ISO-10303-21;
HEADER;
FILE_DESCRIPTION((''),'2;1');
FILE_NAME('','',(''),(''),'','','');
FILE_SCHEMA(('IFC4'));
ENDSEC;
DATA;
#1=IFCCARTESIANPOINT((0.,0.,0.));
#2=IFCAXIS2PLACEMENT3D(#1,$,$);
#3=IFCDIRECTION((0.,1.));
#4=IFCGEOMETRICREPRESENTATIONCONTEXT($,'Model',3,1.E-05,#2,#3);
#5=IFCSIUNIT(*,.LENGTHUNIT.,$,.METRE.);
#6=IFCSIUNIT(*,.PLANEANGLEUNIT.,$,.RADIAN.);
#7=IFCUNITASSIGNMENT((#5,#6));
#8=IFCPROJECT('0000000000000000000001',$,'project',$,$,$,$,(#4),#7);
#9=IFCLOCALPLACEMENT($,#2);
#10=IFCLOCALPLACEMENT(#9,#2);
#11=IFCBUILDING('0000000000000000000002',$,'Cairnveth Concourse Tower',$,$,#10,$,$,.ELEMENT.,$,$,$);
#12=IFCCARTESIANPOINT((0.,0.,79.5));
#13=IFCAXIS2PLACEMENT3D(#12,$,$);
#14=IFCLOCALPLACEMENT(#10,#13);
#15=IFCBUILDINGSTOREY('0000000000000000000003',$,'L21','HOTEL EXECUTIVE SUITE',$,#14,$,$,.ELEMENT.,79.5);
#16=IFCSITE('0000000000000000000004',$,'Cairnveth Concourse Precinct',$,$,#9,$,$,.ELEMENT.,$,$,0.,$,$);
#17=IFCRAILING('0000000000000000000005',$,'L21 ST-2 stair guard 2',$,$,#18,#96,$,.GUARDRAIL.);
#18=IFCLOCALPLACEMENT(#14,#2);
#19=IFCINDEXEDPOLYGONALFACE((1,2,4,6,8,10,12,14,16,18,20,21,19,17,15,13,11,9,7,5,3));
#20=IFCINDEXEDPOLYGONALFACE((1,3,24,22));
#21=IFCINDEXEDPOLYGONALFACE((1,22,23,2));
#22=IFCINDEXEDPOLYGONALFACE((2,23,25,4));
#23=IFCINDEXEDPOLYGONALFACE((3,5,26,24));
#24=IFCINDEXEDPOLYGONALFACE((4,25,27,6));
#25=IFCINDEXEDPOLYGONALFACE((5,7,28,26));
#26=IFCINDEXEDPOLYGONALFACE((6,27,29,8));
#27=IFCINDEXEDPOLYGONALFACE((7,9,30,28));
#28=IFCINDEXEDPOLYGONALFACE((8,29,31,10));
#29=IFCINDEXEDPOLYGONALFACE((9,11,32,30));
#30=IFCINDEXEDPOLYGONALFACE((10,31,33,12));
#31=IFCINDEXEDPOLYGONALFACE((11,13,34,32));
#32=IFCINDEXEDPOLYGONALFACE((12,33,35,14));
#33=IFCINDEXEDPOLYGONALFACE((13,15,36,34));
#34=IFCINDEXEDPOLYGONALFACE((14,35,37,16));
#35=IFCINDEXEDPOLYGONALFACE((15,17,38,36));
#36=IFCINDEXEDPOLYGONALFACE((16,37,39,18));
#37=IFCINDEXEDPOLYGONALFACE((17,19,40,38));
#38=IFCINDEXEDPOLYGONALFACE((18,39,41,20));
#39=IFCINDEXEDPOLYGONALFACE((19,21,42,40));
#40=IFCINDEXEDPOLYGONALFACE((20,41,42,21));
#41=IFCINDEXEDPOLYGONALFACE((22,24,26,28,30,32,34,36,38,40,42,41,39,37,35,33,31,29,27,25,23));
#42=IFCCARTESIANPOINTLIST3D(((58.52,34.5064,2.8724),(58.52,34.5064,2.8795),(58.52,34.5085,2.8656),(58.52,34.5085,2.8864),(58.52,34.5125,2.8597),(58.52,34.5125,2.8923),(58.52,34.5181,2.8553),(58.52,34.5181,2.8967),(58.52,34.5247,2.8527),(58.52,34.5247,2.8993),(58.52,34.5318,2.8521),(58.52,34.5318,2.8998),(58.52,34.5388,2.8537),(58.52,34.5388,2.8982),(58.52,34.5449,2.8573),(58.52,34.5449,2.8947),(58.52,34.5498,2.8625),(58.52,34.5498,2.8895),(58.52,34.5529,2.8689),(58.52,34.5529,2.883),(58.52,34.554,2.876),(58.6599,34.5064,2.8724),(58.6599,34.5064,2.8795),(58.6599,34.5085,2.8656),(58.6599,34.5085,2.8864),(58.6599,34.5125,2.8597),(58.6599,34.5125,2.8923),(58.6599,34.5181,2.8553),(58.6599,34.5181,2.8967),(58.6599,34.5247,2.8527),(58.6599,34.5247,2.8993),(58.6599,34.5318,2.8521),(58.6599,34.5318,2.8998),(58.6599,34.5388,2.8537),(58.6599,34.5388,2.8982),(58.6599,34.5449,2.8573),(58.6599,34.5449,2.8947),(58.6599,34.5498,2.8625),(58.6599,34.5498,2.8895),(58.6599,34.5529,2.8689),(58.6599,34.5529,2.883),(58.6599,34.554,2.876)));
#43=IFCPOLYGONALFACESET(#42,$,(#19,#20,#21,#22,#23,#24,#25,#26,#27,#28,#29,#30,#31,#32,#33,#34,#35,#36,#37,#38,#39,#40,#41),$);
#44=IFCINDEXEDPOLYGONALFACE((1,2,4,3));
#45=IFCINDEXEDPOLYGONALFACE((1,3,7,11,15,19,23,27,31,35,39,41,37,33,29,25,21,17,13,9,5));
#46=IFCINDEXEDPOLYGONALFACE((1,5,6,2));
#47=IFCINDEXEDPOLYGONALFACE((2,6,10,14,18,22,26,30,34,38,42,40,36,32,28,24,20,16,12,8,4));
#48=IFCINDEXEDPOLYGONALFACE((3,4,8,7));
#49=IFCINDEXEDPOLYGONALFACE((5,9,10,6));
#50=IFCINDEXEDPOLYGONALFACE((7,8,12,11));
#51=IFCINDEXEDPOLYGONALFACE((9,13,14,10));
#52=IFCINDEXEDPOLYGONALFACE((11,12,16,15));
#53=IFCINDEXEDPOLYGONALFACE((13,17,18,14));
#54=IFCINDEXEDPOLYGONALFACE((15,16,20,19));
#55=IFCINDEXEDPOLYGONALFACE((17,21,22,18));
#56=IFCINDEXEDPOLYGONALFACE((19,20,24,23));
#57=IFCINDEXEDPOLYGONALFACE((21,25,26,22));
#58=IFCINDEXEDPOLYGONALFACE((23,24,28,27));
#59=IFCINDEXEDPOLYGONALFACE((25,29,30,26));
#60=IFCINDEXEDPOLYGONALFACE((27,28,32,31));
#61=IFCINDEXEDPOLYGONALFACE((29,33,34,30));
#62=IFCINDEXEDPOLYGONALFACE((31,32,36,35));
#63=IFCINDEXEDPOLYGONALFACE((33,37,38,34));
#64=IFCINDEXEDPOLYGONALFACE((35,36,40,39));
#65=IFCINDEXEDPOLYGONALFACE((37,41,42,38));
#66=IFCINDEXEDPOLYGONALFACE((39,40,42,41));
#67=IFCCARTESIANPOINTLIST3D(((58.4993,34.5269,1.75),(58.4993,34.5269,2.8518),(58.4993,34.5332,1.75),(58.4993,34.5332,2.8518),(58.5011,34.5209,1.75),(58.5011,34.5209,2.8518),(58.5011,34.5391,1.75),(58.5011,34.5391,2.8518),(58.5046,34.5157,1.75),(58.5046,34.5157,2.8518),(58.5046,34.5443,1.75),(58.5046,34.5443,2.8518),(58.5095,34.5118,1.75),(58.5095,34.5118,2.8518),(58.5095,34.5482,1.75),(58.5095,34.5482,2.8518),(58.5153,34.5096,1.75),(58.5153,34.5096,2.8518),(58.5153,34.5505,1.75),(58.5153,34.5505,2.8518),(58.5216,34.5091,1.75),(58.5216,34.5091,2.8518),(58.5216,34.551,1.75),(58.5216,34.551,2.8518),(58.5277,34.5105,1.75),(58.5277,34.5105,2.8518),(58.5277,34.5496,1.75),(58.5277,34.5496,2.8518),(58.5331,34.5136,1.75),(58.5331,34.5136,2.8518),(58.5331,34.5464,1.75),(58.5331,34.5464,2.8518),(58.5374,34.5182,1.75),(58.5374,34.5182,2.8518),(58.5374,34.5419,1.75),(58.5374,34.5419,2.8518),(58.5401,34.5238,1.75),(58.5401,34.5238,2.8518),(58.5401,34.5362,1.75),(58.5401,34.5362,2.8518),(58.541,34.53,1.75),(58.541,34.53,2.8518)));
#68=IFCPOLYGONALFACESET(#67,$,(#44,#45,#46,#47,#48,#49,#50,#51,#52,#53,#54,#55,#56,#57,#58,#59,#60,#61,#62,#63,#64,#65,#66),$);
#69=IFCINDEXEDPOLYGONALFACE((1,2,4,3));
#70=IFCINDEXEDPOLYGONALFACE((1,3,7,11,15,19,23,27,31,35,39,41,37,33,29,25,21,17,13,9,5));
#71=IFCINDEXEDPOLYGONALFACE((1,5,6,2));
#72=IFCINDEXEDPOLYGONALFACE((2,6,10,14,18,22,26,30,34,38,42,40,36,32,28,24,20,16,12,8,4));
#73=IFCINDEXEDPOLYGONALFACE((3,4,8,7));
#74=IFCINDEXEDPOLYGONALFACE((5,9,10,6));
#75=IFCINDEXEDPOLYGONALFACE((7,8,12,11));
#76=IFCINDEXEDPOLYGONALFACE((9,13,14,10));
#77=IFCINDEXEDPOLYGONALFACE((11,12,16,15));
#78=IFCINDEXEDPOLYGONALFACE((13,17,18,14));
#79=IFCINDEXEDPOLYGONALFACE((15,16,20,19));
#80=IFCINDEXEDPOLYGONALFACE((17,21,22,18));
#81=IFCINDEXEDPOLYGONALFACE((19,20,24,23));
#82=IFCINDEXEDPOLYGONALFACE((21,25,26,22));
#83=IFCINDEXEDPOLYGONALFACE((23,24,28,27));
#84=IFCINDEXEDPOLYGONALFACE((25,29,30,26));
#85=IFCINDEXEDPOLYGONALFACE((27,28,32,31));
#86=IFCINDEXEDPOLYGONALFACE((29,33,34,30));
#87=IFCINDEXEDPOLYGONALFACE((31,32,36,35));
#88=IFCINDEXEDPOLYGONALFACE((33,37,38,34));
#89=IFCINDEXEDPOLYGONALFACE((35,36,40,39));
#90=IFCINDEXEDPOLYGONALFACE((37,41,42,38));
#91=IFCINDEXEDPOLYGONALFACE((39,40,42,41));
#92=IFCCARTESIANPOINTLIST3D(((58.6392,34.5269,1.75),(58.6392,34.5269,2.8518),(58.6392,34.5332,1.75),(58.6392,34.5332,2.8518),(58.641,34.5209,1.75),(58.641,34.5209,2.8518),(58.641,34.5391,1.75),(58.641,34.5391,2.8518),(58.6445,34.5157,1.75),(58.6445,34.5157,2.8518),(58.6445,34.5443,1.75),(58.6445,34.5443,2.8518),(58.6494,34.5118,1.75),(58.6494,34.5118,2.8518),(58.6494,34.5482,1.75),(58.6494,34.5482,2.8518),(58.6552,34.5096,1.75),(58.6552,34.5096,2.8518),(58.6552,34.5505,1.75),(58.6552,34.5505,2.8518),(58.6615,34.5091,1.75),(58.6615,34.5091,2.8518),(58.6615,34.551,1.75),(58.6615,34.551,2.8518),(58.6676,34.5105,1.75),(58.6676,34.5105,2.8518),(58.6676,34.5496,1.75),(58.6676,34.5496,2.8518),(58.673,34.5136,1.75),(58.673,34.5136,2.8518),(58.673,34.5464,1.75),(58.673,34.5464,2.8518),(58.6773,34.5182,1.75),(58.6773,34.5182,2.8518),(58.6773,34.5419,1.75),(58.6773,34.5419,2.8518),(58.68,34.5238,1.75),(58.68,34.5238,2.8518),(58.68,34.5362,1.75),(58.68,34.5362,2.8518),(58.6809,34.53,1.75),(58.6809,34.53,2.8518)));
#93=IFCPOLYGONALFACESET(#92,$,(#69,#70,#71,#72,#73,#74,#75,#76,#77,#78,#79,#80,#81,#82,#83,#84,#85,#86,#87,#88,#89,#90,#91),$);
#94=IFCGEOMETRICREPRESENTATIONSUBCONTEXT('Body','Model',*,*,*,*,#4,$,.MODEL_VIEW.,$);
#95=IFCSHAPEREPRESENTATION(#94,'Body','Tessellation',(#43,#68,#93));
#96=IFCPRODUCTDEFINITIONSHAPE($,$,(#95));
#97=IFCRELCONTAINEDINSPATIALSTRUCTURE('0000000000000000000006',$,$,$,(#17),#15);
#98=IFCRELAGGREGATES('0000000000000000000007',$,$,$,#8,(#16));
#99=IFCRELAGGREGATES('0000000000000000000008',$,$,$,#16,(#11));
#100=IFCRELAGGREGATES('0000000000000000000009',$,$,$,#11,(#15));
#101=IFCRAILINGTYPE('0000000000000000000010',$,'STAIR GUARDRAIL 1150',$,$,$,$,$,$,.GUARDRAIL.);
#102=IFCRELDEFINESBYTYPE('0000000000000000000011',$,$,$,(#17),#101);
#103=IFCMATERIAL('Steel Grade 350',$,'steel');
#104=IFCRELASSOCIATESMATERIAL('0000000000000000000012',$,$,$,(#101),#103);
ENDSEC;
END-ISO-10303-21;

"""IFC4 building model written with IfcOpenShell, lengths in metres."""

from ifc_helpers import new_model, si_unit, direction, frame, origin, origin_2d, place, context, subcontext, project, spatial, circle, extrude, material, type_object, element, save


model = new_model("IFC4")

# Units and contexts
model_context = context("Model", 3, precision=1e-05, world=origin(), true_north=direction((0.0, 1.0)))
body_context = subcontext(model_context, "Body", "Model", "MODEL_VIEW")
ifc_project = project(units=[si_unit("LENGTHUNIT", "METRE"), si_unit("PLANEANGLEUNIT", "RADIAN")], contexts=[model_context])

# Site, building, storey
site_placement = place(None, origin())
site = spatial("IfcSite", under=ifc_project, at=site_placement, Name="Cairnveth Concourse Precinct", CompositionType="ELEMENT", RefElevation=0.0)
building_placement = place(site_placement, origin())
building = spatial("IfcBuilding", under=site, at=building_placement, Name="Cairnveth Concourse Tower", CompositionType="ELEMENT")
storey_placement = place(building_placement, frame((0.0, 0.0, 79.5)))
storey = spatial("IfcBuildingStorey", under=building, at=storey_placement, Name="L21", Description="HOTEL EXECUTIVE SUITE", CompositionType="ELEMENT", Elevation=79.5)

# Shared definitions
ifc_material_1 = material(Name="Steel Grade 350", Category="steel")

# Railing
railing_type_1 = type_object("IfcRailingType", Name="STAIR GUARDRAIL 1150", PredefinedType="GUARDRAIL", material=ifc_material_1)
railing_1_placement = place(storey_placement, frame((58.52, 34.53, 1.75)))
element("IfcRailing", 1, at=railing_1_placement, inside=storey, type_object=railing_type_1, Name="L21 ST-2 stair guard 2", PredefinedType="GUARDRAIL", context=body_context, shape_type="SweptSolid", body=[
    extrude(circle(Radius=0.0239, at=origin_2d()), frame((0.0, 0.0, 1.126), z_axis=(1.0, 0.0, 0.0), x_axis=(0.0, 1.0, 0.0)), (0.0, 0.0, 1.0), 0.1399),
    extrude(circle(Radius=0.021, at=origin_2d()), origin(), (0.0, 0.0, 1.0), 1.1018),
    extrude(circle(Radius=0.021, at=origin_2d()), frame((0.1399, 0.0, 0.0)), (0.0, 0.0, 1.0), 1.1018),
])

save(model, "model.ifc")
